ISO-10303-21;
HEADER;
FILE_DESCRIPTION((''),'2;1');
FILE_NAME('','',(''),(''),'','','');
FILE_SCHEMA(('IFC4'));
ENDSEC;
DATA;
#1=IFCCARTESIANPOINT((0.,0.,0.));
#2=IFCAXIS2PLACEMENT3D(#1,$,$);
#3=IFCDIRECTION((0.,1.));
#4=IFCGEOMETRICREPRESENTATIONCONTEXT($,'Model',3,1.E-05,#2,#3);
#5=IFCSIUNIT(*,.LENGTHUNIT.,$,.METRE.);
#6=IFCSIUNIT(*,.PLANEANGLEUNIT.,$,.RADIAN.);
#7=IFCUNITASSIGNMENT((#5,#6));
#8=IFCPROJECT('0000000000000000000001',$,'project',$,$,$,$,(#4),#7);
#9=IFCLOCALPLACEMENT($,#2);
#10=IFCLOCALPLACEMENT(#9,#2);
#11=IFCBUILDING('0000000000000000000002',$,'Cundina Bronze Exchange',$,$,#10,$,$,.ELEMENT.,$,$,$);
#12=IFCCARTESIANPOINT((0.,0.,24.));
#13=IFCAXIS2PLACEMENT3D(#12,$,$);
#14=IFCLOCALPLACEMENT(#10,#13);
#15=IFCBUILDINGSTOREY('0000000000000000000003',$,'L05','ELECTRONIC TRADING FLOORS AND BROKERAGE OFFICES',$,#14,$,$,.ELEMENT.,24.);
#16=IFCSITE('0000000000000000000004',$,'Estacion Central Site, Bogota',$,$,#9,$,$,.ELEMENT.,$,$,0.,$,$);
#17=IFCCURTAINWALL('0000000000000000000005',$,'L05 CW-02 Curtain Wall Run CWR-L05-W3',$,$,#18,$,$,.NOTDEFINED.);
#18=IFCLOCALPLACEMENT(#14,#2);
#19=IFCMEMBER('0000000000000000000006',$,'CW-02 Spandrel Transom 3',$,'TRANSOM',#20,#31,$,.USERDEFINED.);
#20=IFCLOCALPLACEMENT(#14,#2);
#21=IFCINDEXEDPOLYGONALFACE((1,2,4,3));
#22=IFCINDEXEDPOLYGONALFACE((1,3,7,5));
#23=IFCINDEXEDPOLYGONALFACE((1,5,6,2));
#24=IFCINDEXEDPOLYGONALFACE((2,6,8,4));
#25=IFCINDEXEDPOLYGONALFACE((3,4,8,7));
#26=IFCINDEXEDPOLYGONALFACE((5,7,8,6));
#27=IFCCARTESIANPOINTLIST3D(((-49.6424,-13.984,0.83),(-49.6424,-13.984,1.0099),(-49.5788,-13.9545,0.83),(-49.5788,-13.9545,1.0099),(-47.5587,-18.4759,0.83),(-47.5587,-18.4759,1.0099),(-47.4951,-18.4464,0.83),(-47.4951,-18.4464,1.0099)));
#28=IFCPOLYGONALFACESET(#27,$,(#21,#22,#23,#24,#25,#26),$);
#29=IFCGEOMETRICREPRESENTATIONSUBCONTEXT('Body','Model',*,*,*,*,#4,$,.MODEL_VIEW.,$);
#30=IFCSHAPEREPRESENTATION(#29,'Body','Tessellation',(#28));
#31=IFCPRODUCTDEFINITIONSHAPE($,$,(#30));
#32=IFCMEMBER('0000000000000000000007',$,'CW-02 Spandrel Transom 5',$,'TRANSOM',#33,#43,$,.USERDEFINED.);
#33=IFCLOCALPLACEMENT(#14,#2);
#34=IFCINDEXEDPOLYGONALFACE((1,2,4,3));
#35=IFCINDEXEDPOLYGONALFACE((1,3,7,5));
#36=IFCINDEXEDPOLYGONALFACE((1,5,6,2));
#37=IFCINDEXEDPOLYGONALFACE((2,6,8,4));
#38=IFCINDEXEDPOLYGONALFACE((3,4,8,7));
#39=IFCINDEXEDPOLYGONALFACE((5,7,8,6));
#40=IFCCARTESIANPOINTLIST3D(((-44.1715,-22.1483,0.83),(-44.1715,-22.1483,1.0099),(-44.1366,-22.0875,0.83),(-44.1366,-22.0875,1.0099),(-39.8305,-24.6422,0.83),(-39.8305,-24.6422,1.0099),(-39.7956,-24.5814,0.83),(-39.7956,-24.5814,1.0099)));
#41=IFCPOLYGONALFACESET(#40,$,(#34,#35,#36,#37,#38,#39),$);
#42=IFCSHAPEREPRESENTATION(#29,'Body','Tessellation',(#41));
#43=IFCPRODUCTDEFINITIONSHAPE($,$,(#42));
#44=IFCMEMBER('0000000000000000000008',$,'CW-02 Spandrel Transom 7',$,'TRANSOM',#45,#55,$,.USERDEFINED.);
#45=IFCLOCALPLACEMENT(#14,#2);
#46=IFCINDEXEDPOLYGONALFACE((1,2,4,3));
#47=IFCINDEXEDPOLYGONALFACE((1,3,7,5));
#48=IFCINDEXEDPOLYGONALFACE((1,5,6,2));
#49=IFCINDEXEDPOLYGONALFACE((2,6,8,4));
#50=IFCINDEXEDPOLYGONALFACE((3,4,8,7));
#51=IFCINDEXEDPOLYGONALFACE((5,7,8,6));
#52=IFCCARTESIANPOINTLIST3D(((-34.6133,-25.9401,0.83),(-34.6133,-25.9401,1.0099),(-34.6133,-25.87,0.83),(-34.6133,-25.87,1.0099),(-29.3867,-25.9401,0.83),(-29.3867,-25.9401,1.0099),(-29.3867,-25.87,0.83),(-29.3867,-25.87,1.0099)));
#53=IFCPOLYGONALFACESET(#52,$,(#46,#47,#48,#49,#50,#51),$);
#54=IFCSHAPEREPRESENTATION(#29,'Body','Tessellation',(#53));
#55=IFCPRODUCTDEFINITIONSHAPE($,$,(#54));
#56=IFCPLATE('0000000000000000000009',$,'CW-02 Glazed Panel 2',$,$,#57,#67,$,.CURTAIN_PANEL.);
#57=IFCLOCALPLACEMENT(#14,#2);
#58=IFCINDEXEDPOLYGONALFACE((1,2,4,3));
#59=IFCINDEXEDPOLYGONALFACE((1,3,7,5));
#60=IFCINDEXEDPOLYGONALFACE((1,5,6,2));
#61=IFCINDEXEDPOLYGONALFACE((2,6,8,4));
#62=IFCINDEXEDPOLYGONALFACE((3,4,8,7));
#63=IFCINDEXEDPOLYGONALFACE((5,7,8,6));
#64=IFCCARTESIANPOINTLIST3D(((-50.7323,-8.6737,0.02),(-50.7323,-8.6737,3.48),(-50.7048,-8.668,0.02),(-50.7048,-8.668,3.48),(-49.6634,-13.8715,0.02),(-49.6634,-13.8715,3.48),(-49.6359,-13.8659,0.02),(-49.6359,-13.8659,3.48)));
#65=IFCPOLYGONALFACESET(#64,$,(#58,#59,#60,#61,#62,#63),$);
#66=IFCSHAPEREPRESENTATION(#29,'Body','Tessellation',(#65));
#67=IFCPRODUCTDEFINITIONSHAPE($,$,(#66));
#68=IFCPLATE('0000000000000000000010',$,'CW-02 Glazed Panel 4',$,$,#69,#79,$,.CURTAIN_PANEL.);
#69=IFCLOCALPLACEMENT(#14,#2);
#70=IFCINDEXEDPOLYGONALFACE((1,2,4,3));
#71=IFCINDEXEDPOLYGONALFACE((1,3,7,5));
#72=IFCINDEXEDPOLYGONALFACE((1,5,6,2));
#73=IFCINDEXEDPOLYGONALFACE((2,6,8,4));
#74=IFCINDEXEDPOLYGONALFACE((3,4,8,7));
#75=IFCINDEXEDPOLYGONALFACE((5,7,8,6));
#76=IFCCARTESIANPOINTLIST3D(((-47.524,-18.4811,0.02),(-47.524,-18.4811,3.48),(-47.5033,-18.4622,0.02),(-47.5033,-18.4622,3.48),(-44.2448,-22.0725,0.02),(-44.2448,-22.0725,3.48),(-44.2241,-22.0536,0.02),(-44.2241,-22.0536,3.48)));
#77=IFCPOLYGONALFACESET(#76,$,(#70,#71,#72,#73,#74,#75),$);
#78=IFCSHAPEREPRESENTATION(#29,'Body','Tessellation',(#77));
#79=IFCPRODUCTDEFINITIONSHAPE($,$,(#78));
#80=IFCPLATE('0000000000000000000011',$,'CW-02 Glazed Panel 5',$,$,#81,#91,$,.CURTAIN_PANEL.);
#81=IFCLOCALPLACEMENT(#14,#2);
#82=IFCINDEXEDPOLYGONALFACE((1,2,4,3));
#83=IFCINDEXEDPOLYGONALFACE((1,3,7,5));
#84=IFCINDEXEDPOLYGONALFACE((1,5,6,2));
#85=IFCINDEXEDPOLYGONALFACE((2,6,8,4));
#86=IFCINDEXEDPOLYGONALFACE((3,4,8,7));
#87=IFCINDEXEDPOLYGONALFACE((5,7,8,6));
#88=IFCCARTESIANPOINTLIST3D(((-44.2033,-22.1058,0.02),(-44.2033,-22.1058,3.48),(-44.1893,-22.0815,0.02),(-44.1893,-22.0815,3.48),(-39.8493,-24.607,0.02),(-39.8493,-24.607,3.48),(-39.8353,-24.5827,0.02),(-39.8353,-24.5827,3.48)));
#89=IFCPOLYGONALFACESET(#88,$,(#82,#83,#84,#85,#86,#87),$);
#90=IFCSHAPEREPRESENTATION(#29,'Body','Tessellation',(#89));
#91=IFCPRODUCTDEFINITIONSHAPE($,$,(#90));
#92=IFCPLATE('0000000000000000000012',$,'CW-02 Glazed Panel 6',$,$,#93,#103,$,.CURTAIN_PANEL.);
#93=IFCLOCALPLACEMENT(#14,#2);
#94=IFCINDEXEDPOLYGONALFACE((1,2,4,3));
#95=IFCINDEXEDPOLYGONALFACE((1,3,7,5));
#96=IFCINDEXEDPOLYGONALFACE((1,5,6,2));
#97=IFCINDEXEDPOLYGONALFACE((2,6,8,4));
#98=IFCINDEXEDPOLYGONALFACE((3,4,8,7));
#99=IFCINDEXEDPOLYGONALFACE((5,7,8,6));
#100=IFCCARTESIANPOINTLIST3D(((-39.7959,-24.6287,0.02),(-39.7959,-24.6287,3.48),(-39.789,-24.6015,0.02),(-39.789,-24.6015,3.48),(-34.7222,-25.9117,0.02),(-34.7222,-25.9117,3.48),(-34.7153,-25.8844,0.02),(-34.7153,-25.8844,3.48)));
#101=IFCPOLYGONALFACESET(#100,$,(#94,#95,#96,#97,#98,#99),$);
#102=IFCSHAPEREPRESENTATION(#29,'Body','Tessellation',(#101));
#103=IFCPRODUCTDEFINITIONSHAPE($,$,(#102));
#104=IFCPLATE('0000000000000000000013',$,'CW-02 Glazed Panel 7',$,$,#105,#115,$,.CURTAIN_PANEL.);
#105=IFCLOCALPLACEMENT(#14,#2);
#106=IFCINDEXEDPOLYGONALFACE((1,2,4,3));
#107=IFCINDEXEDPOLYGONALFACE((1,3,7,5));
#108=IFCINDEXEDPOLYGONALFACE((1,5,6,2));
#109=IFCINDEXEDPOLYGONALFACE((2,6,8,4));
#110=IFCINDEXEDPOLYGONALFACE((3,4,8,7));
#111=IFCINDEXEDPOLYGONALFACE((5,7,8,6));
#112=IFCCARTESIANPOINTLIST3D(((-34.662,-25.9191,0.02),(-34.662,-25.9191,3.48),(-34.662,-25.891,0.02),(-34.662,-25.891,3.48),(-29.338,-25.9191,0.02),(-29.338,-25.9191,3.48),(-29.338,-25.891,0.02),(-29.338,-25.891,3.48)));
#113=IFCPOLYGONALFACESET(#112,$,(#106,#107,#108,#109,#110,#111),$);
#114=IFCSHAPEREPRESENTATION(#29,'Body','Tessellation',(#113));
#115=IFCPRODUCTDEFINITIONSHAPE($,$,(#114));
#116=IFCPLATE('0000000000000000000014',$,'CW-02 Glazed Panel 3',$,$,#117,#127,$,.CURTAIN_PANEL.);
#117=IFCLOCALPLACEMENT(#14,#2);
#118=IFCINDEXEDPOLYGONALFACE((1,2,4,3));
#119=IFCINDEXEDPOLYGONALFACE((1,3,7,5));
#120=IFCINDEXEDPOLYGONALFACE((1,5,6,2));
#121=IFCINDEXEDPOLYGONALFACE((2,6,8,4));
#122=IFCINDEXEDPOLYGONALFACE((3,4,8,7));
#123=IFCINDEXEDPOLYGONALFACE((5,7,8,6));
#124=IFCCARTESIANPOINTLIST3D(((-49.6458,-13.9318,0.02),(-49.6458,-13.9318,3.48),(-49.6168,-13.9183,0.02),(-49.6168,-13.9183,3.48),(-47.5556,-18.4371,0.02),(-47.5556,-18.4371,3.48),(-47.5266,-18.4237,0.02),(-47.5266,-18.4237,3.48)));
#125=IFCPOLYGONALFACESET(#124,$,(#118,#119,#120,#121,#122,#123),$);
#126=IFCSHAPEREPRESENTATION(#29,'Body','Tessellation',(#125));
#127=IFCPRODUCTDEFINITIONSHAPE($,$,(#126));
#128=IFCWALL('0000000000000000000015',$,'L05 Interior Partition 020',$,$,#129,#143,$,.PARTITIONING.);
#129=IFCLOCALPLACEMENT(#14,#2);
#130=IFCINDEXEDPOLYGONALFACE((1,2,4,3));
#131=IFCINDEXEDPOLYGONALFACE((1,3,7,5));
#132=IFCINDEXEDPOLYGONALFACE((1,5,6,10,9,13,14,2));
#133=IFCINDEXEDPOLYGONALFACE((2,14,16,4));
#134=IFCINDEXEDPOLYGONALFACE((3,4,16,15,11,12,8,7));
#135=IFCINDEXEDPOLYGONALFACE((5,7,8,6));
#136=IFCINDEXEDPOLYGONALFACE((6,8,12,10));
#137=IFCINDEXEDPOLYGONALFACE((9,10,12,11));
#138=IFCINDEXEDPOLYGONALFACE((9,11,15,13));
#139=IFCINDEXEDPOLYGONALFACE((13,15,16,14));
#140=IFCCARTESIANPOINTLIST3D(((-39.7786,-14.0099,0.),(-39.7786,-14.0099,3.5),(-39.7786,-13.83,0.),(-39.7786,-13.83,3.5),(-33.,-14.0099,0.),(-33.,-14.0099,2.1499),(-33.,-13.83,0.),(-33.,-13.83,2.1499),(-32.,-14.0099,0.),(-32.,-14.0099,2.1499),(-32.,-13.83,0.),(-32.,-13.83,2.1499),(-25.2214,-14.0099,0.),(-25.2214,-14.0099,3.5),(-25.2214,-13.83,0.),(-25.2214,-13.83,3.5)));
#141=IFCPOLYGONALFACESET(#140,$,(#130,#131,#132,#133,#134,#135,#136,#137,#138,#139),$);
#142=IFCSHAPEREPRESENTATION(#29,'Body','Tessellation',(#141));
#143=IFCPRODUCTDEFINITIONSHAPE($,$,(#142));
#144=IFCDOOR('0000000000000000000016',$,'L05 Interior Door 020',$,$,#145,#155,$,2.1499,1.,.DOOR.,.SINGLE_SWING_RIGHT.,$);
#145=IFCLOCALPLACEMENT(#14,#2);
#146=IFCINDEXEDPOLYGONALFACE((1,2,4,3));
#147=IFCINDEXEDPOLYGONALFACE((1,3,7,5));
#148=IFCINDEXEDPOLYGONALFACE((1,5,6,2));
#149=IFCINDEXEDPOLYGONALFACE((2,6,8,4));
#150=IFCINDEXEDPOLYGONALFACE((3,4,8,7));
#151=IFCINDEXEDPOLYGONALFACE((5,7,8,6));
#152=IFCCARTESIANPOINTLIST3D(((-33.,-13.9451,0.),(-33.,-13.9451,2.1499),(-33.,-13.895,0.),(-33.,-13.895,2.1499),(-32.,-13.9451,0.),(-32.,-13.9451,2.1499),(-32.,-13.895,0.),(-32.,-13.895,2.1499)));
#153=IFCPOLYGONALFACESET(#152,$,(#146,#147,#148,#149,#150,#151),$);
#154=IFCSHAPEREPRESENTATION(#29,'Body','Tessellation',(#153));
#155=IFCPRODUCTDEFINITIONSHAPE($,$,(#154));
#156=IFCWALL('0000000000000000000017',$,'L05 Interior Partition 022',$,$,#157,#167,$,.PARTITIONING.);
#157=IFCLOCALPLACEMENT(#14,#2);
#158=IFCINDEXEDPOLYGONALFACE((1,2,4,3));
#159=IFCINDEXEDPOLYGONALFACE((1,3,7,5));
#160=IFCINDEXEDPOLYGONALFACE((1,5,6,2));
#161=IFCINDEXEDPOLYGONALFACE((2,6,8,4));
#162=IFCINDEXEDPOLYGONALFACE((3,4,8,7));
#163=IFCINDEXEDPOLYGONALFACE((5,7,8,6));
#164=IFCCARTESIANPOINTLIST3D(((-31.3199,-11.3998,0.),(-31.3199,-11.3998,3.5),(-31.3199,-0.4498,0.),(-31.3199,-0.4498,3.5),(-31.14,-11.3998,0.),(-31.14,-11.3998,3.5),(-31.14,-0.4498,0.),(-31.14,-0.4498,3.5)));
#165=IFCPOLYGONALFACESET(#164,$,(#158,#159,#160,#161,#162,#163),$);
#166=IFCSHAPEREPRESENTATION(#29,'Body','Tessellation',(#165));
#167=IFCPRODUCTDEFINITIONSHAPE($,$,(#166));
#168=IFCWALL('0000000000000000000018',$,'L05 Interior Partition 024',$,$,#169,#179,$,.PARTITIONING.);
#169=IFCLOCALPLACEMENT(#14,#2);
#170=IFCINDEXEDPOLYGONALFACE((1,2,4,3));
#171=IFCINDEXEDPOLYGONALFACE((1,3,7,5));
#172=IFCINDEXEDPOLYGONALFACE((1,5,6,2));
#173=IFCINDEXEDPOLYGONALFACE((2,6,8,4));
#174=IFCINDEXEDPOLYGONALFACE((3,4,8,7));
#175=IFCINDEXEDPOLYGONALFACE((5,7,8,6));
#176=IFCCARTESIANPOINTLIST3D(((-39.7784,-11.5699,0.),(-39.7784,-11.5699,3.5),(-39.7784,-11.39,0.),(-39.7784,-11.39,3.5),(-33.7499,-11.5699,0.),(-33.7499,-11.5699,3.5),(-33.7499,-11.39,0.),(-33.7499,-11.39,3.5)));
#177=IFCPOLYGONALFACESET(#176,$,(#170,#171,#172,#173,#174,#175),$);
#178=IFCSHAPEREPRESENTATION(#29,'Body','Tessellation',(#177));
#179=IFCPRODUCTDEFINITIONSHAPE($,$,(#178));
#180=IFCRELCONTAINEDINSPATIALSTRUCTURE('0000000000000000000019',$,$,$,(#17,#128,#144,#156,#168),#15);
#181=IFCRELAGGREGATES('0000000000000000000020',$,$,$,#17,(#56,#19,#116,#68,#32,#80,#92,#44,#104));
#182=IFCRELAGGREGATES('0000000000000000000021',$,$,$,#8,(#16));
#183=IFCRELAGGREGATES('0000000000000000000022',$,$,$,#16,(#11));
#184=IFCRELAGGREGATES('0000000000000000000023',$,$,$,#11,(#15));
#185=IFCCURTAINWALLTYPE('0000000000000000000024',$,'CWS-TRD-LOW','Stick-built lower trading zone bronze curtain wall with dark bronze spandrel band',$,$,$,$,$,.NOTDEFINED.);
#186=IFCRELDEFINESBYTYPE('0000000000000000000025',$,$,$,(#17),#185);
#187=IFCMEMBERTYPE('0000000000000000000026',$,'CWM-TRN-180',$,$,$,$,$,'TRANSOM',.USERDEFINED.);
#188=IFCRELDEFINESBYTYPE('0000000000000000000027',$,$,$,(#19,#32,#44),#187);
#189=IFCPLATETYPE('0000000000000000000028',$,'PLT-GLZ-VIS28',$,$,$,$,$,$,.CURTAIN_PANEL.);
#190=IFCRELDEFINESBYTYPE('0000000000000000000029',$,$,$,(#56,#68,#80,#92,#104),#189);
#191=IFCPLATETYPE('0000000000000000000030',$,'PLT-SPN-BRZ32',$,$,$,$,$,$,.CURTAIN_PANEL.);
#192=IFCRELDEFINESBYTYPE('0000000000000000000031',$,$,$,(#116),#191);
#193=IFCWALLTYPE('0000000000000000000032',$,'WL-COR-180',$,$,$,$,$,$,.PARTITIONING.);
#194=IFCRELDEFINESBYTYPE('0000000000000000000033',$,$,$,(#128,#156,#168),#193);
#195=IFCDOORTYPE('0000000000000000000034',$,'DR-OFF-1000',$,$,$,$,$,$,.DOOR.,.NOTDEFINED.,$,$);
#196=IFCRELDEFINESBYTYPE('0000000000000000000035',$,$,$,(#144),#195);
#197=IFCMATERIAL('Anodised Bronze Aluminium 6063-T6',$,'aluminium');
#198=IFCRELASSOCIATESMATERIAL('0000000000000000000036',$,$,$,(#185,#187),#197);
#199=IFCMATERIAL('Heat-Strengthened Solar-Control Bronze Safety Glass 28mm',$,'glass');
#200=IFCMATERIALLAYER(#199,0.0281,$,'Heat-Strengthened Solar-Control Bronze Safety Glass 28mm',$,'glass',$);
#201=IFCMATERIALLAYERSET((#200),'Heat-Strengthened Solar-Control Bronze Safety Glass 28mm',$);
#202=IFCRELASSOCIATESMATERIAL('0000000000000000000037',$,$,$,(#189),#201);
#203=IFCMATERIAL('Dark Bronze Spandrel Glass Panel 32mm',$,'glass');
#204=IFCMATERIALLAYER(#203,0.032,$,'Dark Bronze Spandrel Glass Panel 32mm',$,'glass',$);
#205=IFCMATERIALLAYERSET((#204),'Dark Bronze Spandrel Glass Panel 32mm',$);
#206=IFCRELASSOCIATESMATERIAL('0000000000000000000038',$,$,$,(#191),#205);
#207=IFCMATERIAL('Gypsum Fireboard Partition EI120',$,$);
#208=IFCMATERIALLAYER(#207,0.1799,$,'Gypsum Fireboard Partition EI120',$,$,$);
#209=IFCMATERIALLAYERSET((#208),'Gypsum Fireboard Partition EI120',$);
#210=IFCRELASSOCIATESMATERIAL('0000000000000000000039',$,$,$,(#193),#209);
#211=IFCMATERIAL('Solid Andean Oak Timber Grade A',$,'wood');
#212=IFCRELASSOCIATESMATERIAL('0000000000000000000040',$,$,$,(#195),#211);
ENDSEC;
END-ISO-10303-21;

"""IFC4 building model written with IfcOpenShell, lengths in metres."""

from ifc_helpers import new_model, si_unit, direction, frame, frame_2d, origin, origin_2d, place, context, subcontext, project, spatial, rectangle, extrude, material, layer, layer_set, material_profile, profile_set, type_object, element, fill, aggregate, save


model = new_model("IFC4")

# Units and contexts
model_context = context("Model", 3, precision=1e-05, world=origin(), true_north=direction((0.0, 1.0)))
body_context = subcontext(model_context, "Body", "Model", "MODEL_VIEW")
ifc_project = project(units=[si_unit("LENGTHUNIT", "METRE"), si_unit("PLANEANGLEUNIT", "RADIAN")], contexts=[model_context])

# Site, building, storey
site_placement = place(None, origin())
site = spatial("IfcSite", under=ifc_project, at=site_placement, Name="Estacion Central Site, Bogota", CompositionType="ELEMENT", RefElevation=0.0)
building_placement = place(site_placement, origin())
building = spatial("IfcBuilding", under=site, at=building_placement, Name="Cundina Bronze Exchange", CompositionType="ELEMENT")
storey_placement = place(building_placement, frame((0.0, 0.0, 24.0)))
storey = spatial("IfcBuildingStorey", under=building, at=storey_placement, Name="L05", Description="ELECTRONIC TRADING FLOORS AND BROKERAGE OFFICES", CompositionType="ELEMENT", Elevation=24.0)

# Curtain wall, members, plates
ifc_material_1 = material(Name="Anodised Bronze Aluminium 6063-T6", Category="aluminium")
curtain_wall_type = type_object("IfcCurtainWallType", Name="CWS-TRD-LOW", Description="Stick-built lower trading zone bronze curtain wall with dark bronze spandrel band", PredefinedType="NOTDEFINED", material=ifc_material_1)
curtain_wall_placement = place(storey_placement, origin())
curtain_wall = element("IfcCurtainWall", 1, at=curtain_wall_placement, inside=storey, type_object=curtain_wall_type, Name="L05 CW-02 Curtain Wall Run CWR-L05-W3", PredefinedType="NOTDEFINED")
ifc_material_profile_1 = material_profile(ifc_material_1, rectangle(XDim=0.0701, YDim=0.1799, at=origin_2d()), Name="AL70X180", Category="aluminium")
ifc_profile_set_1 = profile_set([ifc_material_profile_1], Name="Anodised Bronze Aluminium 6063-T6")
member_type_1 = type_object("IfcMemberType", Name="CWM-TRN-180", ElementType="TRANSOM", PredefinedType="USERDEFINED", material=ifc_profile_set_1)
member_1_placement = place(storey_placement, frame((-49.6106, -13.9692, 0.9199), z_axis=(0.420811, -0.907148, 0.0), x_axis=(0.907148, 0.420811, 0.0)))
member_1 = element("IfcMember", 2, at=member_1_placement, type_object=member_type_1, Name="CW-02 Spandrel Transom 3", ObjectType="TRANSOM", PredefinedType="USERDEFINED", context=body_context, shape_type="SweptSolid", body=[
    extrude(rectangle(XDim=0.0701, YDim=0.1799, at=origin_2d()), origin(), (0.0, 0.0, 1.0), 4.9517),
])
member_2_placement = place(storey_placement, frame((-44.1541, -22.1179, 0.9199), z_axis=(0.867097, -0.498139, 0.0), x_axis=(0.498139, 0.867097, 0.0)))
member_2 = element("IfcMember", 3, at=member_2_placement, type_object=member_type_1, Name="CW-02 Spandrel Transom 5", ObjectType="TRANSOM", PredefinedType="USERDEFINED", context=body_context, shape_type="SweptSolid", body=[
    extrude(rectangle(XDim=0.0701, YDim=0.1799, at=origin_2d()), origin(), (0.0, 0.0, 1.0), 5.0063),
])
member_3_placement = place(storey_placement, frame((-34.6133, -25.905, 0.9199), z_axis=(1.0, 0.0, 0.0), x_axis=(0.0, 1.0, 0.0)))
member_3 = element("IfcMember", 4, at=member_3_placement, type_object=member_type_1, Name="CW-02 Spandrel Transom 7", ObjectType="TRANSOM", PredefinedType="USERDEFINED", context=body_context, shape_type="SweptSolid", body=[
    extrude(rectangle(XDim=0.0701, YDim=0.1799, at=origin_2d()), origin(), (0.0, 0.0, 1.0), 5.2266),
])
ifc_material_2 = material(Name="Heat-Strengthened Solar-Control Bronze Safety Glass 28mm", Category="glass")
ifc_layer_1 = layer(ifc_material_2, 0.0281, Name="Heat-Strengthened Solar-Control Bronze Safety Glass 28mm", Category="glass")
ifc_layer_set_1 = layer_set([ifc_layer_1], Name="Heat-Strengthened Solar-Control Bronze Safety Glass 28mm")
plate_type_1 = type_object("IfcPlateType", Name="PLT-GLZ-VIS28", PredefinedType="CURTAIN_PANEL", material=ifc_layer_set_1)
plate_1_placement = place(storey_placement, frame((-50.1841, -11.2698, 0.02), z_axis=(0.0, 0.0, 1.0), x_axis=(0.20142, -0.979505, 0.0)))
plate_1 = element("IfcPlate", 5, at=plate_1_placement, type_object=plate_type_1, Name="CW-02 Glazed Panel 2", PredefinedType="CURTAIN_PANEL", context=body_context, shape_type="SweptSolid", body=[
    extrude(rectangle(XDim=5.3066, YDim=0.0281, at=origin_2d()), origin(), (0.0, 0.0, 1.0), 3.46),
])
plate_2_placement = place(storey_placement, frame((-45.874, -20.2673, 0.02), z_axis=(0.0, 0.0, 1.0), x_axis=(0.674277, -0.738479, 0.0)))
plate_2 = element("IfcPlate", 6, at=plate_2_placement, type_object=plate_type_1, Name="CW-02 Glazed Panel 4", PredefinedType="CURTAIN_PANEL", context=body_context, shape_type="SweptSolid", body=[
    extrude(rectangle(XDim=4.8633, YDim=0.0281, at=origin_2d()), origin(), (0.0, 0.0, 1.0), 3.46),
])
plate_3_placement = place(storey_placement, frame((-42.0193, -23.3442, 0.02), z_axis=(0.0, 0.0, 1.0), x_axis=(0.867105, -0.498125, 0.0)))
plate_3 = element("IfcPlate", 7, at=plate_3_placement, type_object=plate_type_1, Name="CW-02 Glazed Panel 5", PredefinedType="CURTAIN_PANEL", context=body_context, shape_type="SweptSolid", body=[
    extrude(rectangle(XDim=5.0212, YDim=0.0281, at=origin_2d()), origin(), (0.0, 0.0, 1.0), 3.46),
])
plate_4_placement = place(storey_placement, frame((-37.2556, -25.2566, 0.02), z_axis=(0.0, 0.0, 1.0), x_axis=(0.969488, -0.245138, 0.0)))
plate_4 = element("IfcPlate", 8, at=plate_4_placement, type_object=plate_type_1, Name="CW-02 Glazed Panel 6", PredefinedType="CURTAIN_PANEL", context=body_context, shape_type="SweptSolid", body=[
    extrude(rectangle(XDim=5.2334, YDim=0.0281, at=origin_2d()), origin(), (0.0, 0.0, 1.0), 3.46),
])
plate_5_placement = place(storey_placement, frame((-32.0, -25.905, 0.02), z_axis=(0.0, 0.0, 1.0), x_axis=(1.0, 0.0, 0.0)))
plate_5 = element("IfcPlate", 9, at=plate_5_placement, type_object=plate_type_1, Name="CW-02 Glazed Panel 7", PredefinedType="CURTAIN_PANEL", context=body_context, shape_type="SweptSolid", body=[
    extrude(rectangle(XDim=5.324, YDim=0.0281, at=origin_2d()), origin(), (0.0, 0.0, 1.0), 3.46),
])
ifc_material_3 = material(Name="Dark Bronze Spandrel Glass Panel 32mm", Category="glass")
ifc_layer_2 = layer(ifc_material_3, 0.032, Name="Dark Bronze Spandrel Glass Panel 32mm", Category="glass")
ifc_layer_set_2 = layer_set([ifc_layer_2], Name="Dark Bronze Spandrel Glass Panel 32mm")
plate_type_2 = type_object("IfcPlateType", Name="PLT-SPN-BRZ32", PredefinedType="CURTAIN_PANEL", material=ifc_layer_set_2)
plate_6_placement = place(storey_placement, frame((-48.5862, -16.1777, 0.02), z_axis=(0.0, 0.0, 1.0), x_axis=(0.420846, -0.907132, 0.0)))
plate_6 = element("IfcPlate", 10, at=plate_6_placement, type_object=plate_type_2, Name="CW-02 Glazed Panel 3", PredefinedType="CURTAIN_PANEL", context=body_context, shape_type="SweptSolid", body=[
    extrude(rectangle(XDim=4.9666, YDim=0.032, at=origin_2d()), origin(), (0.0, 0.0, 1.0), 3.46),
])
aggregate(curtain_wall, [plate_1, member_1, plate_6, plate_2, member_2, plate_3, plate_4, member_3, plate_5])

# Wall, opening, door
ifc_material_4 = material(Name="Gypsum Fireboard Partition EI120")
ifc_layer_3 = layer(ifc_material_4, 0.1799, Name="Gypsum Fireboard Partition EI120")
ifc_layer_set_3 = layer_set([ifc_layer_3], Name="Gypsum Fireboard Partition EI120")
wall_type_1 = type_object("IfcWallType", Name="WL-COR-180", PredefinedType="PARTITIONING", material=ifc_layer_set_3)
wall_1_placement = place(storey_placement, frame((-39.7786, -13.9199, 0.0), z_axis=(0.0, 0.0, 1.0), x_axis=(1.0, 0.0, 0.0)))
wall_1 = element("IfcWall", 11, at=wall_1_placement, inside=storey, type_object=wall_type_1, Name="L05 Interior Partition 020", PredefinedType="PARTITIONING", context=body_context, shape_type="SweptSolid", body=[
    extrude(rectangle(XDim=14.5571, YDim=0.1799, at=frame_2d((7.2786, 0.0))), origin(), (0.0, 0.0, 1.0), 3.5),
])
opening_placement = place(wall_1_placement, frame((6.7786, 0.0, 0.0)))
opening = element("IfcOpeningElement", 12, at=opening_placement, cuts=wall_1, PredefinedType="OPENING", context=body_context, shape_type="SweptSolid", body=[
    extrude(rectangle(XDim=1.0, YDim=2.1499, at=frame_2d((0.5, 1.075))), frame((0.0, 0.0999, 0.0), z_axis=(0.0, -1.0, 0.0), x_axis=(1.0, 0.0, 0.0)), (0.0, 0.0, 1.0), 0.2),
])
ifc_material_5 = material(Name="Solid Andean Oak Timber Grade A", Category="wood")
door_type = type_object("IfcDoorType", Name="DR-OFF-1000", OperationType="NOTDEFINED", PredefinedType="DOOR", material=ifc_material_5)
door_placement = place(opening_placement, origin())
door = element("IfcDoor", 13, at=door_placement, inside=storey, type_object=door_type, Name="L05 Interior Door 020", OperationType="SINGLE_SWING_RIGHT", OverallHeight=2.1499, OverallWidth=1.0, PredefinedType="DOOR", context=body_context, shape_type="SweptSolid", body=[
    extrude(rectangle(XDim=1.0, YDim=2.1499, at=frame_2d((0.5, 1.075))), frame((0.0, 0.0249, 0.0), z_axis=(0.0, -1.0, 0.0), x_axis=(1.0, 0.0, 0.0)), (0.0, 0.0, 1.0), 0.05),
])
fill(opening, door)

# Walls
wall_2_placement = place(storey_placement, frame((-31.23, -11.3999, 0.0), z_axis=(0.0, 0.0, 1.0), x_axis=(0.0, 1.0, 0.0)))
element("IfcWall", 14, at=wall_2_placement, inside=storey, type_object=wall_type_1, Name="L05 Interior Partition 022", PredefinedType="PARTITIONING", context=body_context, shape_type="SweptSolid", body=[
    extrude(rectangle(XDim=10.95, YDim=0.1799, at=frame_2d((5.4751, 0.0))), origin(), (0.0, 0.0, 1.0), 3.5),
])
wall_3_placement = place(storey_placement, frame((-33.75, -11.48, 0.0), z_axis=(0.0, 0.0, 1.0), x_axis=(-1.0, 0.0, 0.0)))
element("IfcWall", 15, at=wall_3_placement, inside=storey, type_object=wall_type_1, Name="L05 Interior Partition 024", PredefinedType="PARTITIONING", context=body_context, shape_type="SweptSolid", body=[
    extrude(rectangle(XDim=6.0286, YDim=0.1799, at=frame_2d((3.0142, 0.0))), origin(), (0.0, 0.0, 1.0), 3.5),
])

save(model, "model.ifc")
